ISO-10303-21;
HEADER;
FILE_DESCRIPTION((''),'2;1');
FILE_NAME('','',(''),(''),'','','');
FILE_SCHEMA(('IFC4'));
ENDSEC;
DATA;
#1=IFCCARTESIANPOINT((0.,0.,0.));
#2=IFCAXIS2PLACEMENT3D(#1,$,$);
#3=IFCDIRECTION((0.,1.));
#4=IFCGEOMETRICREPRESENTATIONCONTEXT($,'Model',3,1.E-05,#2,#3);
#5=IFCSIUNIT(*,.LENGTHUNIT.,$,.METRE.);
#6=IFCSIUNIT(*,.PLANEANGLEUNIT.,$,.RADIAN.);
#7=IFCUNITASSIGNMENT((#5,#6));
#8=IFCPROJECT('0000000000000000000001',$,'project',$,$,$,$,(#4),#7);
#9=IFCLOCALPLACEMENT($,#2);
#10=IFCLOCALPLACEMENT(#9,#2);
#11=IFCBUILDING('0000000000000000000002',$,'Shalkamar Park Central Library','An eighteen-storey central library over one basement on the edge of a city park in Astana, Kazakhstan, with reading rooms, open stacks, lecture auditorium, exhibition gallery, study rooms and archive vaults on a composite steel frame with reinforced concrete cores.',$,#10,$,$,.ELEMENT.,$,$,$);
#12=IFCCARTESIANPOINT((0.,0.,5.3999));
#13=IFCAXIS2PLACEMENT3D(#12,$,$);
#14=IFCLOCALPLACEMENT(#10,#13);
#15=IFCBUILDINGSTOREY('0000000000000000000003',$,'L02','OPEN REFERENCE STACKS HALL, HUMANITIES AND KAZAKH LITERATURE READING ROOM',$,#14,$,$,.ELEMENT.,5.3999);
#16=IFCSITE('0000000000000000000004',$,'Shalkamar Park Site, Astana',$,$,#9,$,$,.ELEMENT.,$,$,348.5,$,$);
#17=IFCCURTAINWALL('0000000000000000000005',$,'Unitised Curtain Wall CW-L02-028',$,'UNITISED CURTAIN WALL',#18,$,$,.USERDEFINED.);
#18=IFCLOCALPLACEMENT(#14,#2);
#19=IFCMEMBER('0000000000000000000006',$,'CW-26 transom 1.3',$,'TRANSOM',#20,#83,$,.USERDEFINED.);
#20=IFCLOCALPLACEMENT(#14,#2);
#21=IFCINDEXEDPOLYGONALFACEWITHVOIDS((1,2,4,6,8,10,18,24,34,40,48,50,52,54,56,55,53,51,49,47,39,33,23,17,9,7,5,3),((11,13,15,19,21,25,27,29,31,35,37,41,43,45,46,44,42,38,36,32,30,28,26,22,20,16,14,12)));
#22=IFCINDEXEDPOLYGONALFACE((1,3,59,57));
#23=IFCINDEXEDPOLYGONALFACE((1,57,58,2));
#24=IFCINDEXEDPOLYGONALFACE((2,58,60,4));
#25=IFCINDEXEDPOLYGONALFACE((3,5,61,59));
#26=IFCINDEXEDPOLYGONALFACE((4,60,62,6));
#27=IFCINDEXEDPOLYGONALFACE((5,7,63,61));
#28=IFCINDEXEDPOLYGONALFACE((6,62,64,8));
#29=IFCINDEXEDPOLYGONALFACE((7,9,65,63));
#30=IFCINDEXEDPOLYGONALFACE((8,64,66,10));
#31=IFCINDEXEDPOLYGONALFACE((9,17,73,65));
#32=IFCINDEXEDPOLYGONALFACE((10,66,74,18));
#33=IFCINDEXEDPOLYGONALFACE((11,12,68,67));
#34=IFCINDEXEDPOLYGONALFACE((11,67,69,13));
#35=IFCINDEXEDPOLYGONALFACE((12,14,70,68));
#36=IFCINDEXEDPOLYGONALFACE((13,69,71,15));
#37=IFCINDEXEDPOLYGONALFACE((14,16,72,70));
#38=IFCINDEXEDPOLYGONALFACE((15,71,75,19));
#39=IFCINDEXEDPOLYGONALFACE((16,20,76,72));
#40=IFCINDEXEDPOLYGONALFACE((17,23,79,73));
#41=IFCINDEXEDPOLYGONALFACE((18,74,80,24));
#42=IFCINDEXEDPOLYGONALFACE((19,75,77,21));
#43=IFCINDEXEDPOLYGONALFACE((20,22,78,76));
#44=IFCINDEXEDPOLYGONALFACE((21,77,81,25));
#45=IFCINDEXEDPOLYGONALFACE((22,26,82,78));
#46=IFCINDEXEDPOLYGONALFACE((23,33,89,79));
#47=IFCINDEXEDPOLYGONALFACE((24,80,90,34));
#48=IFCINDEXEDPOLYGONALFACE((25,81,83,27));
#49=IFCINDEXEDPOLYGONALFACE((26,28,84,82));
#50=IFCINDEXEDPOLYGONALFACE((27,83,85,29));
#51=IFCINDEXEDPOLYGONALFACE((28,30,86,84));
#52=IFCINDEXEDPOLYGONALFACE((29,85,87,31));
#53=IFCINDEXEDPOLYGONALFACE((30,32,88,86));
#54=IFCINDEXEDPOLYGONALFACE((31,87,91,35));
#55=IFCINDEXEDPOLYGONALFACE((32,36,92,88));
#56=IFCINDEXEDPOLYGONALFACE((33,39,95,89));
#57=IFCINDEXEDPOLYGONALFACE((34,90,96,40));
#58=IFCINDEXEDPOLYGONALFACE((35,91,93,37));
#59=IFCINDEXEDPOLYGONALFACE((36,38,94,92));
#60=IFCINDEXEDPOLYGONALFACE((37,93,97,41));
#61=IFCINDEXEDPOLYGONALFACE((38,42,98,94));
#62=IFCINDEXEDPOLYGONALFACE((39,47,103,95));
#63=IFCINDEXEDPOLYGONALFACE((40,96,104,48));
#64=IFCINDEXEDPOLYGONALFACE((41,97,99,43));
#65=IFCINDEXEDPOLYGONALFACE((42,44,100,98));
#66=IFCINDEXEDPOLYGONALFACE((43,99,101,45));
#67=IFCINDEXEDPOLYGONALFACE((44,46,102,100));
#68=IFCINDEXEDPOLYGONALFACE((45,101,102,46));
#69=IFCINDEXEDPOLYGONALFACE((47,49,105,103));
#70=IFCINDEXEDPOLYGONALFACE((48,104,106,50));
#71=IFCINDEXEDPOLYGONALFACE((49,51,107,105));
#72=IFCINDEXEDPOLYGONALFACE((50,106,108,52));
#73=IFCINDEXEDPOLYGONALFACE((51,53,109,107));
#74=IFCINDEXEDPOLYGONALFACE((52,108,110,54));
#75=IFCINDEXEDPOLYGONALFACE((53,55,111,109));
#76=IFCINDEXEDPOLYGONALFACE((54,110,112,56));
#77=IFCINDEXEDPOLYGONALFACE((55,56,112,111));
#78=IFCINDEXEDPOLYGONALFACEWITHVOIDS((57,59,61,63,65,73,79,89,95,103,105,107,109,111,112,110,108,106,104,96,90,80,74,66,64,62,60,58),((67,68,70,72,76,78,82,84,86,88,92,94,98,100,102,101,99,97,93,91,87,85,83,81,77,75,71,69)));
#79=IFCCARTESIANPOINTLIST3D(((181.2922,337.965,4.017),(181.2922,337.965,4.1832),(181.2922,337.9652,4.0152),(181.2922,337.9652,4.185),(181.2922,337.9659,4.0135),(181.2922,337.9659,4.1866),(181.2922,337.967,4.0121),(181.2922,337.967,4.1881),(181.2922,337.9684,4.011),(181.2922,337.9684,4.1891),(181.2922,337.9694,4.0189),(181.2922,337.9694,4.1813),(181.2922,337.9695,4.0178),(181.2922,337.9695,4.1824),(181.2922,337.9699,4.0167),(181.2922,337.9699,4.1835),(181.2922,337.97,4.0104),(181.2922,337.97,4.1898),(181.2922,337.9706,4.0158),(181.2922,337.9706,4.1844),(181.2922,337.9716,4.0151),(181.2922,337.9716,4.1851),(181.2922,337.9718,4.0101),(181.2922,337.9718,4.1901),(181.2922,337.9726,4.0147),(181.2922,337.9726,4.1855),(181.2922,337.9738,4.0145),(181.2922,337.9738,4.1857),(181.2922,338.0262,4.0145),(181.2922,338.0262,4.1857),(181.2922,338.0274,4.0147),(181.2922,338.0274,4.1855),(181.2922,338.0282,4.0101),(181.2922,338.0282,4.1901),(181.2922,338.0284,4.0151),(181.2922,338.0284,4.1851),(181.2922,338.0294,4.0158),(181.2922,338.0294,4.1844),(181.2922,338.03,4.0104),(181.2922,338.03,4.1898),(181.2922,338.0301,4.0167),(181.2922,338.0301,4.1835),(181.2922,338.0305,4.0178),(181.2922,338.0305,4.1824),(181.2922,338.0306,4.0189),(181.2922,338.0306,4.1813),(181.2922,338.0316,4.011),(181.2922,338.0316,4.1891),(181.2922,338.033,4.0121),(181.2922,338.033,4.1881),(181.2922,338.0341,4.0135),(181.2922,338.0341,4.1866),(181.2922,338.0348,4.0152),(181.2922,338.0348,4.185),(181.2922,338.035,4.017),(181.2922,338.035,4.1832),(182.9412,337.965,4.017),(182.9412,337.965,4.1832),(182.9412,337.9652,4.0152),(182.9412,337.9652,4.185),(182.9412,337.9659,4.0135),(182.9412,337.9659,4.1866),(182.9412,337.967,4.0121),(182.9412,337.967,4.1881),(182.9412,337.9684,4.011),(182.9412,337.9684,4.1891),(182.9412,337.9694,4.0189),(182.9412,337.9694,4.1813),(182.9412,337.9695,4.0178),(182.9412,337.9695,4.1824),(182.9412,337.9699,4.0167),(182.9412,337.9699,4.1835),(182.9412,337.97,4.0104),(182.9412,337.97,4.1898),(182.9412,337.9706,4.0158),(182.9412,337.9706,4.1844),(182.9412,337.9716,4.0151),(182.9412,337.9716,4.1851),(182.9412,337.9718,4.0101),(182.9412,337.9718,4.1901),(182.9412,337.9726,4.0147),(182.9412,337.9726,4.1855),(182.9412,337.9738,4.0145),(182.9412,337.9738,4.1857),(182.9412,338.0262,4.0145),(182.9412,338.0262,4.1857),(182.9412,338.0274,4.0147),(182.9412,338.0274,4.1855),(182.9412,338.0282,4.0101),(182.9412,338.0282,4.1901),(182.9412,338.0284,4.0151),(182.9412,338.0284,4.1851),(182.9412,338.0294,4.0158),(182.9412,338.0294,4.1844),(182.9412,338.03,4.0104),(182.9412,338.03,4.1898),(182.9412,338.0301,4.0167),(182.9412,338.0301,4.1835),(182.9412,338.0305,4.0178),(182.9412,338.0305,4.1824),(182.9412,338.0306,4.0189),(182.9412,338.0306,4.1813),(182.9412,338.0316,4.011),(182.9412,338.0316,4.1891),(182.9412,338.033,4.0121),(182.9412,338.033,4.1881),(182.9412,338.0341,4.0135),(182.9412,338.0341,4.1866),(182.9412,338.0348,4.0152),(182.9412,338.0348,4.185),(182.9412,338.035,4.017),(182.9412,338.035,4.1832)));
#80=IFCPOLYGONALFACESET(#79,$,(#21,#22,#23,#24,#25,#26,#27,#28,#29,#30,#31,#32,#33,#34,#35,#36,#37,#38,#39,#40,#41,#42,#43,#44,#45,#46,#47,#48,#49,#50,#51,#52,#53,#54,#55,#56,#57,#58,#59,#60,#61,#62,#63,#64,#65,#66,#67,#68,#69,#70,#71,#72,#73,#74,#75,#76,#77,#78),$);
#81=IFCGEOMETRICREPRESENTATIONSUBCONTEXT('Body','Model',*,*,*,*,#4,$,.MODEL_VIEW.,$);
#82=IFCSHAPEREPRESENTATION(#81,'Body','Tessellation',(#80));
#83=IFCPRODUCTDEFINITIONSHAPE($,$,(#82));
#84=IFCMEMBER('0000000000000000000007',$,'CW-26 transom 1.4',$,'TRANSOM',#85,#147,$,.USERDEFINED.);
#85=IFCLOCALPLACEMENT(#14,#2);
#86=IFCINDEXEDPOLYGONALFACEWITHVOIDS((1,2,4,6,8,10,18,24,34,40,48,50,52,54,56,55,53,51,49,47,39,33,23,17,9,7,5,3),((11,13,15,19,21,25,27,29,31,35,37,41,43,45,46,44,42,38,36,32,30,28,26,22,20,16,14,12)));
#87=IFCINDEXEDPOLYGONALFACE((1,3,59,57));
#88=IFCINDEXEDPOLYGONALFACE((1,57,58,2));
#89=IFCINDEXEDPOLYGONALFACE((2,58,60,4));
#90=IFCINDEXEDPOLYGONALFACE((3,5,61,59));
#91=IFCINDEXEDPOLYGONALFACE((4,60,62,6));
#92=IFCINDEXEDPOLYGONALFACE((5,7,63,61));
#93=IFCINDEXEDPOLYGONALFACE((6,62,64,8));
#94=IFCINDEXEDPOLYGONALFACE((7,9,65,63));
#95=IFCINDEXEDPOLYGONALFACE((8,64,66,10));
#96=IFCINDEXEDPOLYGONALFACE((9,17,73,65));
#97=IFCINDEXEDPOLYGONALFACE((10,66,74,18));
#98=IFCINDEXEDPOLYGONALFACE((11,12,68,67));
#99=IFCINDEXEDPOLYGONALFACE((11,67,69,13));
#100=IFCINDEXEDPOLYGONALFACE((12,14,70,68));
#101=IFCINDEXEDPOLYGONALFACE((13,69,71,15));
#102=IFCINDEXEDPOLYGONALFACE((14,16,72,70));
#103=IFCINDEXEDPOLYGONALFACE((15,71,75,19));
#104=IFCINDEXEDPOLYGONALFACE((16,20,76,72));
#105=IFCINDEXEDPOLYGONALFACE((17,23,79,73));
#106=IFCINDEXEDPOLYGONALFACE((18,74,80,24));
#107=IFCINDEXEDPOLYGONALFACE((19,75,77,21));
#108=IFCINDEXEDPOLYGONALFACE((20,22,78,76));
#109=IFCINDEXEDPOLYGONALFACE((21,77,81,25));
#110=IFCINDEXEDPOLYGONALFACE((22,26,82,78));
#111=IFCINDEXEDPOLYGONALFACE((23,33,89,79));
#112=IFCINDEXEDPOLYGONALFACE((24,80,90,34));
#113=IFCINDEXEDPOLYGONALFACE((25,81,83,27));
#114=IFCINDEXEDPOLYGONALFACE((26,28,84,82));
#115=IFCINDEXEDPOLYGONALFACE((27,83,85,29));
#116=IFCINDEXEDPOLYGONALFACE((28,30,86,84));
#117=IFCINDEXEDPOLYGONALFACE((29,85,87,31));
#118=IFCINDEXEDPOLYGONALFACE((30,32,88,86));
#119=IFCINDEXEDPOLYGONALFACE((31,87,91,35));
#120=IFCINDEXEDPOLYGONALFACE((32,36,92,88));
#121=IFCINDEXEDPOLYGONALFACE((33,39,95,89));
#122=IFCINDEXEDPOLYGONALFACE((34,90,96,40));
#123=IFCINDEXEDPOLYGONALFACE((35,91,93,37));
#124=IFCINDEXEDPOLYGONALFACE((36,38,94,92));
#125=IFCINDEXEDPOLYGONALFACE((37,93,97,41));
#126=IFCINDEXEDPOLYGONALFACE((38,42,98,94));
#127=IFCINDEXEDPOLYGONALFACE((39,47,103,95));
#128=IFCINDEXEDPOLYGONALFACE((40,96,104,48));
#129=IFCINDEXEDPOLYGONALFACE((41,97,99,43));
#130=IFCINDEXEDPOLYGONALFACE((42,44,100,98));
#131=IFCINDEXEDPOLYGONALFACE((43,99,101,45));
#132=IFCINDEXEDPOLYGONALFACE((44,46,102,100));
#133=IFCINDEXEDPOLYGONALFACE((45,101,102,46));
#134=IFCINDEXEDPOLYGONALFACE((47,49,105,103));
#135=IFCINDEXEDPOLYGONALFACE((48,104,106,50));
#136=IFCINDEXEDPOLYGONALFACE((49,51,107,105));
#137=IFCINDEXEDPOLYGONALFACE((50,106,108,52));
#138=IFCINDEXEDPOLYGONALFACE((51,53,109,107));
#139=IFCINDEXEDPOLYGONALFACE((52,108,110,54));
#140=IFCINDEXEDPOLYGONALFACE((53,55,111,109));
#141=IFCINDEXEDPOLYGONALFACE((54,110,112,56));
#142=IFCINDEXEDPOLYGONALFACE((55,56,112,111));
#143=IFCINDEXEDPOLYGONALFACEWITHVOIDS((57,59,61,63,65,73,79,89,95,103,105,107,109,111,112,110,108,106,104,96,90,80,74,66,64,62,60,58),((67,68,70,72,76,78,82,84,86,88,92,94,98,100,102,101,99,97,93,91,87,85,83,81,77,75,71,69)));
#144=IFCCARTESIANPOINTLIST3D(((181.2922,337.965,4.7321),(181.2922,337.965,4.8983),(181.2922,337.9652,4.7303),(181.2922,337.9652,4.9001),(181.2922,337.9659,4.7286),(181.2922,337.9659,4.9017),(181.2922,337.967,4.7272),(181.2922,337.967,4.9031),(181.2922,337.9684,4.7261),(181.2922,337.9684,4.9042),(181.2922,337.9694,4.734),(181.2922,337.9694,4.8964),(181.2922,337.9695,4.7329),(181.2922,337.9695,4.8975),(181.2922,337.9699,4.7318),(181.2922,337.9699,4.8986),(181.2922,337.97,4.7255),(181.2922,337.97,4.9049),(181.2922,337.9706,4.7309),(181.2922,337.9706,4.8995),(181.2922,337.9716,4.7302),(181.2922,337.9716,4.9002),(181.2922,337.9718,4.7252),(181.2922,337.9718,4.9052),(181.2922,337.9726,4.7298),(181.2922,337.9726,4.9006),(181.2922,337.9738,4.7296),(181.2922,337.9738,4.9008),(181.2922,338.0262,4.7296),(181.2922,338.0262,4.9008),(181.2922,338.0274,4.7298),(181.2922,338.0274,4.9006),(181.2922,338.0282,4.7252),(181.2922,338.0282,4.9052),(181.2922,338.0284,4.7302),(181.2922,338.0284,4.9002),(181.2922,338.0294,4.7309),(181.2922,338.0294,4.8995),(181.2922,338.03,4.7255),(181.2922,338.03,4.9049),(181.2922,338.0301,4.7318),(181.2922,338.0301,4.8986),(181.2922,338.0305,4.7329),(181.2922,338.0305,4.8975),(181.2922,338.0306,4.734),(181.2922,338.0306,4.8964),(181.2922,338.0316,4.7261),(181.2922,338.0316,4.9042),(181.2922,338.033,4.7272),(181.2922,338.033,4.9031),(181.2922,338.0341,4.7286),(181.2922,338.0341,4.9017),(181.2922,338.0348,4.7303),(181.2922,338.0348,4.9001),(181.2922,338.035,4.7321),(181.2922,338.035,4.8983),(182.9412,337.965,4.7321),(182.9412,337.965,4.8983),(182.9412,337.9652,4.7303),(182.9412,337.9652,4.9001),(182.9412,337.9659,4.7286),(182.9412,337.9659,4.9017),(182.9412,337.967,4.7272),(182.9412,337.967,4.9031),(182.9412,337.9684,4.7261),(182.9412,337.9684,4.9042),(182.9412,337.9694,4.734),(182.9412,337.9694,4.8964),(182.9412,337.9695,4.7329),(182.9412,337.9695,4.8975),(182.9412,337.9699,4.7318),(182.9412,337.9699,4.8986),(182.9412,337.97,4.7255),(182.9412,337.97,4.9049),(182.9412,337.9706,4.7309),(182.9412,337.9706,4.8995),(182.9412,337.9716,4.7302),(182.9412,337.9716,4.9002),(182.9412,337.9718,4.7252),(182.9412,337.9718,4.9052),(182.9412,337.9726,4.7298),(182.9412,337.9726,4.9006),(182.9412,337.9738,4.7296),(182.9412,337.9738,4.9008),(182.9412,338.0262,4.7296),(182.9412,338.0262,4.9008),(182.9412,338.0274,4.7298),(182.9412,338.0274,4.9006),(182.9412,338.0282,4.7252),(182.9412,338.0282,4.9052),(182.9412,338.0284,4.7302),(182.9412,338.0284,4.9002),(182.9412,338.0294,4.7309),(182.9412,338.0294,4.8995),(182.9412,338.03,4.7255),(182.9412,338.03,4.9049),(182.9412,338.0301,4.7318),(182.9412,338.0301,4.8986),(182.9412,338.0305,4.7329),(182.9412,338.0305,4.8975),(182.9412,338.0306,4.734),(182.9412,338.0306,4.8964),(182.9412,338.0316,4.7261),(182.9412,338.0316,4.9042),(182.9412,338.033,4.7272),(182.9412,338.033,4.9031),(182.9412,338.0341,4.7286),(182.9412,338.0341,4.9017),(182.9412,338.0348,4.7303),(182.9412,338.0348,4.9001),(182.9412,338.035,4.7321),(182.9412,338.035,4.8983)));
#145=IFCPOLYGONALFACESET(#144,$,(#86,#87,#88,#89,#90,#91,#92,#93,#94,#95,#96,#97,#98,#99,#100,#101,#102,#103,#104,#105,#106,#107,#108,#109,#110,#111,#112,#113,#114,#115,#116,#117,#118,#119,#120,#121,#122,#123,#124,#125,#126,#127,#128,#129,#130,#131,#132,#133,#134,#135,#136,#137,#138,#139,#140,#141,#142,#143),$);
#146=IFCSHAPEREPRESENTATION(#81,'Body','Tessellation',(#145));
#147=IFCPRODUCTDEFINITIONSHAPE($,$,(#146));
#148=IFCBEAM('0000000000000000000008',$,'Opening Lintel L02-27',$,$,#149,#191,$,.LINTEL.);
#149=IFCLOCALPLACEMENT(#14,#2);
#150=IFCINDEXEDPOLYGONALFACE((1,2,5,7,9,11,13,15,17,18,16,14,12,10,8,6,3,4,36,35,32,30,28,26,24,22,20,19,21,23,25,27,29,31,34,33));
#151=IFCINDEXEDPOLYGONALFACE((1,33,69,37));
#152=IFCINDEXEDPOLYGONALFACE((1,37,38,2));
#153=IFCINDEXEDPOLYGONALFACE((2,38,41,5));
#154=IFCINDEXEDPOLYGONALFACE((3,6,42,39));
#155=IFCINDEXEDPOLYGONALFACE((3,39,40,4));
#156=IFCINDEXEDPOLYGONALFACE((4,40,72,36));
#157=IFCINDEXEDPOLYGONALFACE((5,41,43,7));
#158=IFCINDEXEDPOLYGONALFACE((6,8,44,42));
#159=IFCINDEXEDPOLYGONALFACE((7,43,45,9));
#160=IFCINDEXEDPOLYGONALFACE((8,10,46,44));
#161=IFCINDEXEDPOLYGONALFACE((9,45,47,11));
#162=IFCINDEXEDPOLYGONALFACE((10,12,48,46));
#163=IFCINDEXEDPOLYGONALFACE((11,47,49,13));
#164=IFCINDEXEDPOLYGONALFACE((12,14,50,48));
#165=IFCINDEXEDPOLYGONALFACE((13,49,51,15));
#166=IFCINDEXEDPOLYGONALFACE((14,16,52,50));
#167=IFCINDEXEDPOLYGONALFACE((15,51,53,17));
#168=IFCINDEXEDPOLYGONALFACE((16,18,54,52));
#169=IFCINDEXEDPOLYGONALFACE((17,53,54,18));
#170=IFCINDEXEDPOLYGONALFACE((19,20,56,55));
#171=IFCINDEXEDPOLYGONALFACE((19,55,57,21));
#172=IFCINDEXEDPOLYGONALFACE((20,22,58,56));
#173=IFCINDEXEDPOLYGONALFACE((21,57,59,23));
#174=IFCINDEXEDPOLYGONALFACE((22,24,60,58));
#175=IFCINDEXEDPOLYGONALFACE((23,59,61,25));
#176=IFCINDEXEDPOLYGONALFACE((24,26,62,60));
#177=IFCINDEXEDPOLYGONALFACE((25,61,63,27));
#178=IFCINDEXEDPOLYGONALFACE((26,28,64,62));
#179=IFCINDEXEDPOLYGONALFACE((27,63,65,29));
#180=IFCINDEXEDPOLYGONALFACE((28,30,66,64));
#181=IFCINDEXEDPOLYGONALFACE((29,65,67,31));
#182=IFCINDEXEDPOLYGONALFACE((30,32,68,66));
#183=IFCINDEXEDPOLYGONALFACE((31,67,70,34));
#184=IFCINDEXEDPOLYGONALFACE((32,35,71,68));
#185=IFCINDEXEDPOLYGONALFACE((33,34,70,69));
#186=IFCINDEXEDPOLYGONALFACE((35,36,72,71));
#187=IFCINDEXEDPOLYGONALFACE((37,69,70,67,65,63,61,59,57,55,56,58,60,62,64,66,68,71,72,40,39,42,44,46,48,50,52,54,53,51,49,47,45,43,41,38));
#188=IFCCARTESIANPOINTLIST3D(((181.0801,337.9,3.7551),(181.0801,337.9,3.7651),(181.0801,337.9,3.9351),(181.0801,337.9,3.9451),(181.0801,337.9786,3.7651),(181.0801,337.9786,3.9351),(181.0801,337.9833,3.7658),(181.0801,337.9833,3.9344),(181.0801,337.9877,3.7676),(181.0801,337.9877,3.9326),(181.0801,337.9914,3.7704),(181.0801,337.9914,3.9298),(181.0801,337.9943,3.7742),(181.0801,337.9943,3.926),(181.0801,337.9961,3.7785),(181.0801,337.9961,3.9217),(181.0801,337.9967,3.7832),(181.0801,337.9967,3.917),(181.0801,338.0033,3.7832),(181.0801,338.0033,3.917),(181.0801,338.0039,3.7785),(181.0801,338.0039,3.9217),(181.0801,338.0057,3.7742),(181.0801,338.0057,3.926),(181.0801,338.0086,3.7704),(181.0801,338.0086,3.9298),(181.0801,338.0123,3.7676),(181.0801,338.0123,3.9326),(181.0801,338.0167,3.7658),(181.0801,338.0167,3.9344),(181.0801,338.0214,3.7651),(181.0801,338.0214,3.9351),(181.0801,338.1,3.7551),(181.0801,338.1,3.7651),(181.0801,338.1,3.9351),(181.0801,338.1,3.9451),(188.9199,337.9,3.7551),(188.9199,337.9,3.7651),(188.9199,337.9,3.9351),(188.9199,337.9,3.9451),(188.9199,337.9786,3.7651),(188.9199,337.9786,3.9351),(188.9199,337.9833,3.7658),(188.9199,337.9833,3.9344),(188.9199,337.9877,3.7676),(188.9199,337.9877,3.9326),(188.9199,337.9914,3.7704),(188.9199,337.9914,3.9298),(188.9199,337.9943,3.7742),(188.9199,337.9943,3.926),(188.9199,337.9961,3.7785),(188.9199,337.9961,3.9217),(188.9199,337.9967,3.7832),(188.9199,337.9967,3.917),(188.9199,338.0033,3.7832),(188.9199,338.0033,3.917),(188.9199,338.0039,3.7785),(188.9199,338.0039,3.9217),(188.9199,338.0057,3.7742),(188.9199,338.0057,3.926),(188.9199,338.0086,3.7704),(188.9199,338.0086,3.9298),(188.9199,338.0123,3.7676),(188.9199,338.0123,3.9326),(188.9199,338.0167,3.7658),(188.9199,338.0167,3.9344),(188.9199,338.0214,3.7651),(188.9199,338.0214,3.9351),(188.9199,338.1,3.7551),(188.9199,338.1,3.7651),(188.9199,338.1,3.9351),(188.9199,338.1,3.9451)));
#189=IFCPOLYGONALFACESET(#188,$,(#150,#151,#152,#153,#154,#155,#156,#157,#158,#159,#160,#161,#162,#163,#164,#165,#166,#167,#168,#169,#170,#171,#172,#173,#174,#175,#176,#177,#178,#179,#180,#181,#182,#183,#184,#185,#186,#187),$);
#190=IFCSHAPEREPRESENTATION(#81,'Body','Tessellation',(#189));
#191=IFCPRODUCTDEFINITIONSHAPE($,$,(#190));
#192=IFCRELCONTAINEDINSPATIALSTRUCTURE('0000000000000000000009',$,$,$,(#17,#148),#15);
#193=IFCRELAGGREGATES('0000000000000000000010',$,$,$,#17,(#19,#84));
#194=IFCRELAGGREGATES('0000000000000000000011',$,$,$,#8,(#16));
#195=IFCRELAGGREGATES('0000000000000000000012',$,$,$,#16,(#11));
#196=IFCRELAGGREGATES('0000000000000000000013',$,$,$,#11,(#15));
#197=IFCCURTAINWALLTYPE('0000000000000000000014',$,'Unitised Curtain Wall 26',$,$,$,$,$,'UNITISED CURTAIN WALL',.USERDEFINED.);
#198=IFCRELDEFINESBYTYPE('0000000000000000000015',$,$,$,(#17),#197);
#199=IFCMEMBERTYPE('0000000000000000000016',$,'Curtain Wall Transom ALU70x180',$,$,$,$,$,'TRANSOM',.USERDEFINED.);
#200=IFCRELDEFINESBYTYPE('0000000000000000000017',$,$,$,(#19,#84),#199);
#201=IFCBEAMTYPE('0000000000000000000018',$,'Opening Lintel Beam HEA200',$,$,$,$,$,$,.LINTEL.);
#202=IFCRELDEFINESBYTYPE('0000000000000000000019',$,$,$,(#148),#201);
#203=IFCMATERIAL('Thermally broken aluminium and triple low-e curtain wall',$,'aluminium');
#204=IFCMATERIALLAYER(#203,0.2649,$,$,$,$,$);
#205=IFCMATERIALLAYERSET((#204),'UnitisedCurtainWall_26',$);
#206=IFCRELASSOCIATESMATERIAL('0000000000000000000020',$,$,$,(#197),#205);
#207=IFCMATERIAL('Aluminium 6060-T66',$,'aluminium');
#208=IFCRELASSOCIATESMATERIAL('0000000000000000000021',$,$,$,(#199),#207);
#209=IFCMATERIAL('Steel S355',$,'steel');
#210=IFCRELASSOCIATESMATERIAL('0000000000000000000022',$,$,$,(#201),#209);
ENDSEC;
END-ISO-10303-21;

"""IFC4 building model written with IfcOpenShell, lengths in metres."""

from ifc_helpers import new_model, si_unit, direction, frame, origin, origin_2d, place, context, subcontext, project, spatial, hollow_rectangle, i_section, extrude, material, layer, layer_set, material_profile, profile_set, type_object, element, aggregate, save


model = new_model("IFC4")

# Units and contexts
model_context = context("Model", 3, precision=1e-05, world=origin(), true_north=direction((0.0, 1.0)))
body_context = subcontext(model_context, "Body", "Model", "MODEL_VIEW")
ifc_project = project(units=[si_unit("LENGTHUNIT", "METRE"), si_unit("PLANEANGLEUNIT", "RADIAN")], contexts=[model_context])

# Site, building, storey
site_placement = place(None, origin())
site = spatial("IfcSite", under=ifc_project, at=site_placement, Name="Shalkamar Park Site, Astana", CompositionType="ELEMENT", RefElevation=348.5)
building_placement = place(site_placement, origin())
building = spatial("IfcBuilding", under=site, at=building_placement, Name="Shalkamar Park Central Library", Description="An eighteen-storey central library over one basement on the edge of a city park in Astana, Kazakhstan, with reading rooms, open stacks, lecture auditorium, exhibition gallery, study rooms and archive vaults on a composite steel frame with reinforced concrete cores.", CompositionType="ELEMENT")
storey_placement = place(building_placement, frame((0.0, 0.0, 5.3999)))
storey = spatial("IfcBuildingStorey", under=building, at=storey_placement, Name="L02", Description="OPEN REFERENCE STACKS HALL, HUMANITIES AND KAZAKH LITERATURE READING ROOM", CompositionType="ELEMENT", Elevation=5.3999)

# Shared definitions
ifc_material_1 = material(Name="Steel S355", Category="steel")

# Curtain wall, members
ifc_material_2 = material(Name="Thermally broken aluminium and triple low-e curtain wall", Category="aluminium")
ifc_layer_1 = layer(ifc_material_2, 0.2649)
ifc_layer_set_1 = layer_set([ifc_layer_1], Name="UnitisedCurtainWall_26")
curtain_wall_type = type_object("IfcCurtainWallType", Name="Unitised Curtain Wall 26", ElementType="UNITISED CURTAIN WALL", PredefinedType="USERDEFINED", material=ifc_layer_set_1)
curtain_wall_placement = place(storey_placement, origin())
curtain_wall = element("IfcCurtainWall", 1, at=curtain_wall_placement, inside=storey, type_object=curtain_wall_type, Name="Unitised Curtain Wall CW-L02-028", ObjectType="UNITISED CURTAIN WALL", PredefinedType="USERDEFINED")
ifc_material_3 = material(Name="Aluminium 6060-T66", Category="aluminium")
ifc_material_profile_1 = material_profile(ifc_material_3, hollow_rectangle(XDim=0.0701, YDim=0.1799, WallThickness=0.0044, InnerFilletRadius=0.0044, OuterFilletRadius=0.0068, at=origin_2d()), Name="ALU 70x180x4.5")
ifc_profile_set_1 = profile_set([ifc_material_profile_1], Name="Aluminium 6060-T66")
member_type_1 = type_object("IfcMemberType", Name="Curtain Wall Transom ALU70x180", ElementType="TRANSOM", PredefinedType="USERDEFINED", material=ifc_profile_set_1)
member_1_placement = place(storey_placement, frame((181.2922, 338.0, 4.1001), z_axis=(1.0, 0.0, 0.0), x_axis=(0.0, 1.0, 0.0)))
member_1 = element("IfcMember", 2, at=member_1_placement, type_object=member_type_1, Name="CW-26 transom 1.3", ObjectType="TRANSOM", PredefinedType="USERDEFINED", context=body_context, shape_type="SweptSolid", body=[
    extrude(hollow_rectangle(XDim=0.0701, YDim=0.1799, WallThickness=0.0044, InnerFilletRadius=0.0044, OuterFilletRadius=0.0068, at=origin_2d()), origin(), (0.0, 0.0, 1.0), 1.6489),
])
member_2_placement = place(storey_placement, frame((181.2922, 338.0, 4.8152), z_axis=(1.0, 0.0, 0.0), x_axis=(0.0, 1.0, 0.0)))
member_2 = element("IfcMember", 3, at=member_2_placement, type_object=member_type_1, Name="CW-26 transom 1.4", ObjectType="TRANSOM", PredefinedType="USERDEFINED", context=body_context, shape_type="SweptSolid", body=[
    extrude(hollow_rectangle(XDim=0.0701, YDim=0.1799, WallThickness=0.0044, InnerFilletRadius=0.0044, OuterFilletRadius=0.0068, at=origin_2d()), origin(), (0.0, 0.0, 1.0), 1.6489),
])

# Beam
ifc_material_profile_2 = material_profile(ifc_material_1, i_section(OverallWidth=0.2, OverallDepth=0.1899, WebThickness=0.0066, FlangeThickness=0.01, FilletRadius=0.0181, at=origin_2d()), Name="HEA 200")
ifc_profile_set_2 = profile_set([ifc_material_profile_2], Name="Steel S355")
beam_type_1 = type_object("IfcBeamType", Name="Opening Lintel Beam HEA200", PredefinedType="LINTEL", material=ifc_profile_set_2)
beam_1_placement = place(storey_placement, frame((181.0801, 338.0, 3.8501), z_axis=(1.0, 0.0, 0.0), x_axis=(0.0, 1.0, 0.0)))
element("IfcBeam", 4, at=beam_1_placement, inside=storey, type_object=beam_type_1, Name="Opening Lintel L02-27", PredefinedType="LINTEL", context=body_context, shape_type="SweptSolid", body=[
    extrude(i_section(OverallWidth=0.2, OverallDepth=0.1899, WebThickness=0.0066, FlangeThickness=0.01, FilletRadius=0.0181, at=origin_2d()), origin(), (0.0, 0.0, 1.0), 7.8398),
])

aggregate(curtain_wall, [member_1, member_2])

save(model, "model.ifc")
